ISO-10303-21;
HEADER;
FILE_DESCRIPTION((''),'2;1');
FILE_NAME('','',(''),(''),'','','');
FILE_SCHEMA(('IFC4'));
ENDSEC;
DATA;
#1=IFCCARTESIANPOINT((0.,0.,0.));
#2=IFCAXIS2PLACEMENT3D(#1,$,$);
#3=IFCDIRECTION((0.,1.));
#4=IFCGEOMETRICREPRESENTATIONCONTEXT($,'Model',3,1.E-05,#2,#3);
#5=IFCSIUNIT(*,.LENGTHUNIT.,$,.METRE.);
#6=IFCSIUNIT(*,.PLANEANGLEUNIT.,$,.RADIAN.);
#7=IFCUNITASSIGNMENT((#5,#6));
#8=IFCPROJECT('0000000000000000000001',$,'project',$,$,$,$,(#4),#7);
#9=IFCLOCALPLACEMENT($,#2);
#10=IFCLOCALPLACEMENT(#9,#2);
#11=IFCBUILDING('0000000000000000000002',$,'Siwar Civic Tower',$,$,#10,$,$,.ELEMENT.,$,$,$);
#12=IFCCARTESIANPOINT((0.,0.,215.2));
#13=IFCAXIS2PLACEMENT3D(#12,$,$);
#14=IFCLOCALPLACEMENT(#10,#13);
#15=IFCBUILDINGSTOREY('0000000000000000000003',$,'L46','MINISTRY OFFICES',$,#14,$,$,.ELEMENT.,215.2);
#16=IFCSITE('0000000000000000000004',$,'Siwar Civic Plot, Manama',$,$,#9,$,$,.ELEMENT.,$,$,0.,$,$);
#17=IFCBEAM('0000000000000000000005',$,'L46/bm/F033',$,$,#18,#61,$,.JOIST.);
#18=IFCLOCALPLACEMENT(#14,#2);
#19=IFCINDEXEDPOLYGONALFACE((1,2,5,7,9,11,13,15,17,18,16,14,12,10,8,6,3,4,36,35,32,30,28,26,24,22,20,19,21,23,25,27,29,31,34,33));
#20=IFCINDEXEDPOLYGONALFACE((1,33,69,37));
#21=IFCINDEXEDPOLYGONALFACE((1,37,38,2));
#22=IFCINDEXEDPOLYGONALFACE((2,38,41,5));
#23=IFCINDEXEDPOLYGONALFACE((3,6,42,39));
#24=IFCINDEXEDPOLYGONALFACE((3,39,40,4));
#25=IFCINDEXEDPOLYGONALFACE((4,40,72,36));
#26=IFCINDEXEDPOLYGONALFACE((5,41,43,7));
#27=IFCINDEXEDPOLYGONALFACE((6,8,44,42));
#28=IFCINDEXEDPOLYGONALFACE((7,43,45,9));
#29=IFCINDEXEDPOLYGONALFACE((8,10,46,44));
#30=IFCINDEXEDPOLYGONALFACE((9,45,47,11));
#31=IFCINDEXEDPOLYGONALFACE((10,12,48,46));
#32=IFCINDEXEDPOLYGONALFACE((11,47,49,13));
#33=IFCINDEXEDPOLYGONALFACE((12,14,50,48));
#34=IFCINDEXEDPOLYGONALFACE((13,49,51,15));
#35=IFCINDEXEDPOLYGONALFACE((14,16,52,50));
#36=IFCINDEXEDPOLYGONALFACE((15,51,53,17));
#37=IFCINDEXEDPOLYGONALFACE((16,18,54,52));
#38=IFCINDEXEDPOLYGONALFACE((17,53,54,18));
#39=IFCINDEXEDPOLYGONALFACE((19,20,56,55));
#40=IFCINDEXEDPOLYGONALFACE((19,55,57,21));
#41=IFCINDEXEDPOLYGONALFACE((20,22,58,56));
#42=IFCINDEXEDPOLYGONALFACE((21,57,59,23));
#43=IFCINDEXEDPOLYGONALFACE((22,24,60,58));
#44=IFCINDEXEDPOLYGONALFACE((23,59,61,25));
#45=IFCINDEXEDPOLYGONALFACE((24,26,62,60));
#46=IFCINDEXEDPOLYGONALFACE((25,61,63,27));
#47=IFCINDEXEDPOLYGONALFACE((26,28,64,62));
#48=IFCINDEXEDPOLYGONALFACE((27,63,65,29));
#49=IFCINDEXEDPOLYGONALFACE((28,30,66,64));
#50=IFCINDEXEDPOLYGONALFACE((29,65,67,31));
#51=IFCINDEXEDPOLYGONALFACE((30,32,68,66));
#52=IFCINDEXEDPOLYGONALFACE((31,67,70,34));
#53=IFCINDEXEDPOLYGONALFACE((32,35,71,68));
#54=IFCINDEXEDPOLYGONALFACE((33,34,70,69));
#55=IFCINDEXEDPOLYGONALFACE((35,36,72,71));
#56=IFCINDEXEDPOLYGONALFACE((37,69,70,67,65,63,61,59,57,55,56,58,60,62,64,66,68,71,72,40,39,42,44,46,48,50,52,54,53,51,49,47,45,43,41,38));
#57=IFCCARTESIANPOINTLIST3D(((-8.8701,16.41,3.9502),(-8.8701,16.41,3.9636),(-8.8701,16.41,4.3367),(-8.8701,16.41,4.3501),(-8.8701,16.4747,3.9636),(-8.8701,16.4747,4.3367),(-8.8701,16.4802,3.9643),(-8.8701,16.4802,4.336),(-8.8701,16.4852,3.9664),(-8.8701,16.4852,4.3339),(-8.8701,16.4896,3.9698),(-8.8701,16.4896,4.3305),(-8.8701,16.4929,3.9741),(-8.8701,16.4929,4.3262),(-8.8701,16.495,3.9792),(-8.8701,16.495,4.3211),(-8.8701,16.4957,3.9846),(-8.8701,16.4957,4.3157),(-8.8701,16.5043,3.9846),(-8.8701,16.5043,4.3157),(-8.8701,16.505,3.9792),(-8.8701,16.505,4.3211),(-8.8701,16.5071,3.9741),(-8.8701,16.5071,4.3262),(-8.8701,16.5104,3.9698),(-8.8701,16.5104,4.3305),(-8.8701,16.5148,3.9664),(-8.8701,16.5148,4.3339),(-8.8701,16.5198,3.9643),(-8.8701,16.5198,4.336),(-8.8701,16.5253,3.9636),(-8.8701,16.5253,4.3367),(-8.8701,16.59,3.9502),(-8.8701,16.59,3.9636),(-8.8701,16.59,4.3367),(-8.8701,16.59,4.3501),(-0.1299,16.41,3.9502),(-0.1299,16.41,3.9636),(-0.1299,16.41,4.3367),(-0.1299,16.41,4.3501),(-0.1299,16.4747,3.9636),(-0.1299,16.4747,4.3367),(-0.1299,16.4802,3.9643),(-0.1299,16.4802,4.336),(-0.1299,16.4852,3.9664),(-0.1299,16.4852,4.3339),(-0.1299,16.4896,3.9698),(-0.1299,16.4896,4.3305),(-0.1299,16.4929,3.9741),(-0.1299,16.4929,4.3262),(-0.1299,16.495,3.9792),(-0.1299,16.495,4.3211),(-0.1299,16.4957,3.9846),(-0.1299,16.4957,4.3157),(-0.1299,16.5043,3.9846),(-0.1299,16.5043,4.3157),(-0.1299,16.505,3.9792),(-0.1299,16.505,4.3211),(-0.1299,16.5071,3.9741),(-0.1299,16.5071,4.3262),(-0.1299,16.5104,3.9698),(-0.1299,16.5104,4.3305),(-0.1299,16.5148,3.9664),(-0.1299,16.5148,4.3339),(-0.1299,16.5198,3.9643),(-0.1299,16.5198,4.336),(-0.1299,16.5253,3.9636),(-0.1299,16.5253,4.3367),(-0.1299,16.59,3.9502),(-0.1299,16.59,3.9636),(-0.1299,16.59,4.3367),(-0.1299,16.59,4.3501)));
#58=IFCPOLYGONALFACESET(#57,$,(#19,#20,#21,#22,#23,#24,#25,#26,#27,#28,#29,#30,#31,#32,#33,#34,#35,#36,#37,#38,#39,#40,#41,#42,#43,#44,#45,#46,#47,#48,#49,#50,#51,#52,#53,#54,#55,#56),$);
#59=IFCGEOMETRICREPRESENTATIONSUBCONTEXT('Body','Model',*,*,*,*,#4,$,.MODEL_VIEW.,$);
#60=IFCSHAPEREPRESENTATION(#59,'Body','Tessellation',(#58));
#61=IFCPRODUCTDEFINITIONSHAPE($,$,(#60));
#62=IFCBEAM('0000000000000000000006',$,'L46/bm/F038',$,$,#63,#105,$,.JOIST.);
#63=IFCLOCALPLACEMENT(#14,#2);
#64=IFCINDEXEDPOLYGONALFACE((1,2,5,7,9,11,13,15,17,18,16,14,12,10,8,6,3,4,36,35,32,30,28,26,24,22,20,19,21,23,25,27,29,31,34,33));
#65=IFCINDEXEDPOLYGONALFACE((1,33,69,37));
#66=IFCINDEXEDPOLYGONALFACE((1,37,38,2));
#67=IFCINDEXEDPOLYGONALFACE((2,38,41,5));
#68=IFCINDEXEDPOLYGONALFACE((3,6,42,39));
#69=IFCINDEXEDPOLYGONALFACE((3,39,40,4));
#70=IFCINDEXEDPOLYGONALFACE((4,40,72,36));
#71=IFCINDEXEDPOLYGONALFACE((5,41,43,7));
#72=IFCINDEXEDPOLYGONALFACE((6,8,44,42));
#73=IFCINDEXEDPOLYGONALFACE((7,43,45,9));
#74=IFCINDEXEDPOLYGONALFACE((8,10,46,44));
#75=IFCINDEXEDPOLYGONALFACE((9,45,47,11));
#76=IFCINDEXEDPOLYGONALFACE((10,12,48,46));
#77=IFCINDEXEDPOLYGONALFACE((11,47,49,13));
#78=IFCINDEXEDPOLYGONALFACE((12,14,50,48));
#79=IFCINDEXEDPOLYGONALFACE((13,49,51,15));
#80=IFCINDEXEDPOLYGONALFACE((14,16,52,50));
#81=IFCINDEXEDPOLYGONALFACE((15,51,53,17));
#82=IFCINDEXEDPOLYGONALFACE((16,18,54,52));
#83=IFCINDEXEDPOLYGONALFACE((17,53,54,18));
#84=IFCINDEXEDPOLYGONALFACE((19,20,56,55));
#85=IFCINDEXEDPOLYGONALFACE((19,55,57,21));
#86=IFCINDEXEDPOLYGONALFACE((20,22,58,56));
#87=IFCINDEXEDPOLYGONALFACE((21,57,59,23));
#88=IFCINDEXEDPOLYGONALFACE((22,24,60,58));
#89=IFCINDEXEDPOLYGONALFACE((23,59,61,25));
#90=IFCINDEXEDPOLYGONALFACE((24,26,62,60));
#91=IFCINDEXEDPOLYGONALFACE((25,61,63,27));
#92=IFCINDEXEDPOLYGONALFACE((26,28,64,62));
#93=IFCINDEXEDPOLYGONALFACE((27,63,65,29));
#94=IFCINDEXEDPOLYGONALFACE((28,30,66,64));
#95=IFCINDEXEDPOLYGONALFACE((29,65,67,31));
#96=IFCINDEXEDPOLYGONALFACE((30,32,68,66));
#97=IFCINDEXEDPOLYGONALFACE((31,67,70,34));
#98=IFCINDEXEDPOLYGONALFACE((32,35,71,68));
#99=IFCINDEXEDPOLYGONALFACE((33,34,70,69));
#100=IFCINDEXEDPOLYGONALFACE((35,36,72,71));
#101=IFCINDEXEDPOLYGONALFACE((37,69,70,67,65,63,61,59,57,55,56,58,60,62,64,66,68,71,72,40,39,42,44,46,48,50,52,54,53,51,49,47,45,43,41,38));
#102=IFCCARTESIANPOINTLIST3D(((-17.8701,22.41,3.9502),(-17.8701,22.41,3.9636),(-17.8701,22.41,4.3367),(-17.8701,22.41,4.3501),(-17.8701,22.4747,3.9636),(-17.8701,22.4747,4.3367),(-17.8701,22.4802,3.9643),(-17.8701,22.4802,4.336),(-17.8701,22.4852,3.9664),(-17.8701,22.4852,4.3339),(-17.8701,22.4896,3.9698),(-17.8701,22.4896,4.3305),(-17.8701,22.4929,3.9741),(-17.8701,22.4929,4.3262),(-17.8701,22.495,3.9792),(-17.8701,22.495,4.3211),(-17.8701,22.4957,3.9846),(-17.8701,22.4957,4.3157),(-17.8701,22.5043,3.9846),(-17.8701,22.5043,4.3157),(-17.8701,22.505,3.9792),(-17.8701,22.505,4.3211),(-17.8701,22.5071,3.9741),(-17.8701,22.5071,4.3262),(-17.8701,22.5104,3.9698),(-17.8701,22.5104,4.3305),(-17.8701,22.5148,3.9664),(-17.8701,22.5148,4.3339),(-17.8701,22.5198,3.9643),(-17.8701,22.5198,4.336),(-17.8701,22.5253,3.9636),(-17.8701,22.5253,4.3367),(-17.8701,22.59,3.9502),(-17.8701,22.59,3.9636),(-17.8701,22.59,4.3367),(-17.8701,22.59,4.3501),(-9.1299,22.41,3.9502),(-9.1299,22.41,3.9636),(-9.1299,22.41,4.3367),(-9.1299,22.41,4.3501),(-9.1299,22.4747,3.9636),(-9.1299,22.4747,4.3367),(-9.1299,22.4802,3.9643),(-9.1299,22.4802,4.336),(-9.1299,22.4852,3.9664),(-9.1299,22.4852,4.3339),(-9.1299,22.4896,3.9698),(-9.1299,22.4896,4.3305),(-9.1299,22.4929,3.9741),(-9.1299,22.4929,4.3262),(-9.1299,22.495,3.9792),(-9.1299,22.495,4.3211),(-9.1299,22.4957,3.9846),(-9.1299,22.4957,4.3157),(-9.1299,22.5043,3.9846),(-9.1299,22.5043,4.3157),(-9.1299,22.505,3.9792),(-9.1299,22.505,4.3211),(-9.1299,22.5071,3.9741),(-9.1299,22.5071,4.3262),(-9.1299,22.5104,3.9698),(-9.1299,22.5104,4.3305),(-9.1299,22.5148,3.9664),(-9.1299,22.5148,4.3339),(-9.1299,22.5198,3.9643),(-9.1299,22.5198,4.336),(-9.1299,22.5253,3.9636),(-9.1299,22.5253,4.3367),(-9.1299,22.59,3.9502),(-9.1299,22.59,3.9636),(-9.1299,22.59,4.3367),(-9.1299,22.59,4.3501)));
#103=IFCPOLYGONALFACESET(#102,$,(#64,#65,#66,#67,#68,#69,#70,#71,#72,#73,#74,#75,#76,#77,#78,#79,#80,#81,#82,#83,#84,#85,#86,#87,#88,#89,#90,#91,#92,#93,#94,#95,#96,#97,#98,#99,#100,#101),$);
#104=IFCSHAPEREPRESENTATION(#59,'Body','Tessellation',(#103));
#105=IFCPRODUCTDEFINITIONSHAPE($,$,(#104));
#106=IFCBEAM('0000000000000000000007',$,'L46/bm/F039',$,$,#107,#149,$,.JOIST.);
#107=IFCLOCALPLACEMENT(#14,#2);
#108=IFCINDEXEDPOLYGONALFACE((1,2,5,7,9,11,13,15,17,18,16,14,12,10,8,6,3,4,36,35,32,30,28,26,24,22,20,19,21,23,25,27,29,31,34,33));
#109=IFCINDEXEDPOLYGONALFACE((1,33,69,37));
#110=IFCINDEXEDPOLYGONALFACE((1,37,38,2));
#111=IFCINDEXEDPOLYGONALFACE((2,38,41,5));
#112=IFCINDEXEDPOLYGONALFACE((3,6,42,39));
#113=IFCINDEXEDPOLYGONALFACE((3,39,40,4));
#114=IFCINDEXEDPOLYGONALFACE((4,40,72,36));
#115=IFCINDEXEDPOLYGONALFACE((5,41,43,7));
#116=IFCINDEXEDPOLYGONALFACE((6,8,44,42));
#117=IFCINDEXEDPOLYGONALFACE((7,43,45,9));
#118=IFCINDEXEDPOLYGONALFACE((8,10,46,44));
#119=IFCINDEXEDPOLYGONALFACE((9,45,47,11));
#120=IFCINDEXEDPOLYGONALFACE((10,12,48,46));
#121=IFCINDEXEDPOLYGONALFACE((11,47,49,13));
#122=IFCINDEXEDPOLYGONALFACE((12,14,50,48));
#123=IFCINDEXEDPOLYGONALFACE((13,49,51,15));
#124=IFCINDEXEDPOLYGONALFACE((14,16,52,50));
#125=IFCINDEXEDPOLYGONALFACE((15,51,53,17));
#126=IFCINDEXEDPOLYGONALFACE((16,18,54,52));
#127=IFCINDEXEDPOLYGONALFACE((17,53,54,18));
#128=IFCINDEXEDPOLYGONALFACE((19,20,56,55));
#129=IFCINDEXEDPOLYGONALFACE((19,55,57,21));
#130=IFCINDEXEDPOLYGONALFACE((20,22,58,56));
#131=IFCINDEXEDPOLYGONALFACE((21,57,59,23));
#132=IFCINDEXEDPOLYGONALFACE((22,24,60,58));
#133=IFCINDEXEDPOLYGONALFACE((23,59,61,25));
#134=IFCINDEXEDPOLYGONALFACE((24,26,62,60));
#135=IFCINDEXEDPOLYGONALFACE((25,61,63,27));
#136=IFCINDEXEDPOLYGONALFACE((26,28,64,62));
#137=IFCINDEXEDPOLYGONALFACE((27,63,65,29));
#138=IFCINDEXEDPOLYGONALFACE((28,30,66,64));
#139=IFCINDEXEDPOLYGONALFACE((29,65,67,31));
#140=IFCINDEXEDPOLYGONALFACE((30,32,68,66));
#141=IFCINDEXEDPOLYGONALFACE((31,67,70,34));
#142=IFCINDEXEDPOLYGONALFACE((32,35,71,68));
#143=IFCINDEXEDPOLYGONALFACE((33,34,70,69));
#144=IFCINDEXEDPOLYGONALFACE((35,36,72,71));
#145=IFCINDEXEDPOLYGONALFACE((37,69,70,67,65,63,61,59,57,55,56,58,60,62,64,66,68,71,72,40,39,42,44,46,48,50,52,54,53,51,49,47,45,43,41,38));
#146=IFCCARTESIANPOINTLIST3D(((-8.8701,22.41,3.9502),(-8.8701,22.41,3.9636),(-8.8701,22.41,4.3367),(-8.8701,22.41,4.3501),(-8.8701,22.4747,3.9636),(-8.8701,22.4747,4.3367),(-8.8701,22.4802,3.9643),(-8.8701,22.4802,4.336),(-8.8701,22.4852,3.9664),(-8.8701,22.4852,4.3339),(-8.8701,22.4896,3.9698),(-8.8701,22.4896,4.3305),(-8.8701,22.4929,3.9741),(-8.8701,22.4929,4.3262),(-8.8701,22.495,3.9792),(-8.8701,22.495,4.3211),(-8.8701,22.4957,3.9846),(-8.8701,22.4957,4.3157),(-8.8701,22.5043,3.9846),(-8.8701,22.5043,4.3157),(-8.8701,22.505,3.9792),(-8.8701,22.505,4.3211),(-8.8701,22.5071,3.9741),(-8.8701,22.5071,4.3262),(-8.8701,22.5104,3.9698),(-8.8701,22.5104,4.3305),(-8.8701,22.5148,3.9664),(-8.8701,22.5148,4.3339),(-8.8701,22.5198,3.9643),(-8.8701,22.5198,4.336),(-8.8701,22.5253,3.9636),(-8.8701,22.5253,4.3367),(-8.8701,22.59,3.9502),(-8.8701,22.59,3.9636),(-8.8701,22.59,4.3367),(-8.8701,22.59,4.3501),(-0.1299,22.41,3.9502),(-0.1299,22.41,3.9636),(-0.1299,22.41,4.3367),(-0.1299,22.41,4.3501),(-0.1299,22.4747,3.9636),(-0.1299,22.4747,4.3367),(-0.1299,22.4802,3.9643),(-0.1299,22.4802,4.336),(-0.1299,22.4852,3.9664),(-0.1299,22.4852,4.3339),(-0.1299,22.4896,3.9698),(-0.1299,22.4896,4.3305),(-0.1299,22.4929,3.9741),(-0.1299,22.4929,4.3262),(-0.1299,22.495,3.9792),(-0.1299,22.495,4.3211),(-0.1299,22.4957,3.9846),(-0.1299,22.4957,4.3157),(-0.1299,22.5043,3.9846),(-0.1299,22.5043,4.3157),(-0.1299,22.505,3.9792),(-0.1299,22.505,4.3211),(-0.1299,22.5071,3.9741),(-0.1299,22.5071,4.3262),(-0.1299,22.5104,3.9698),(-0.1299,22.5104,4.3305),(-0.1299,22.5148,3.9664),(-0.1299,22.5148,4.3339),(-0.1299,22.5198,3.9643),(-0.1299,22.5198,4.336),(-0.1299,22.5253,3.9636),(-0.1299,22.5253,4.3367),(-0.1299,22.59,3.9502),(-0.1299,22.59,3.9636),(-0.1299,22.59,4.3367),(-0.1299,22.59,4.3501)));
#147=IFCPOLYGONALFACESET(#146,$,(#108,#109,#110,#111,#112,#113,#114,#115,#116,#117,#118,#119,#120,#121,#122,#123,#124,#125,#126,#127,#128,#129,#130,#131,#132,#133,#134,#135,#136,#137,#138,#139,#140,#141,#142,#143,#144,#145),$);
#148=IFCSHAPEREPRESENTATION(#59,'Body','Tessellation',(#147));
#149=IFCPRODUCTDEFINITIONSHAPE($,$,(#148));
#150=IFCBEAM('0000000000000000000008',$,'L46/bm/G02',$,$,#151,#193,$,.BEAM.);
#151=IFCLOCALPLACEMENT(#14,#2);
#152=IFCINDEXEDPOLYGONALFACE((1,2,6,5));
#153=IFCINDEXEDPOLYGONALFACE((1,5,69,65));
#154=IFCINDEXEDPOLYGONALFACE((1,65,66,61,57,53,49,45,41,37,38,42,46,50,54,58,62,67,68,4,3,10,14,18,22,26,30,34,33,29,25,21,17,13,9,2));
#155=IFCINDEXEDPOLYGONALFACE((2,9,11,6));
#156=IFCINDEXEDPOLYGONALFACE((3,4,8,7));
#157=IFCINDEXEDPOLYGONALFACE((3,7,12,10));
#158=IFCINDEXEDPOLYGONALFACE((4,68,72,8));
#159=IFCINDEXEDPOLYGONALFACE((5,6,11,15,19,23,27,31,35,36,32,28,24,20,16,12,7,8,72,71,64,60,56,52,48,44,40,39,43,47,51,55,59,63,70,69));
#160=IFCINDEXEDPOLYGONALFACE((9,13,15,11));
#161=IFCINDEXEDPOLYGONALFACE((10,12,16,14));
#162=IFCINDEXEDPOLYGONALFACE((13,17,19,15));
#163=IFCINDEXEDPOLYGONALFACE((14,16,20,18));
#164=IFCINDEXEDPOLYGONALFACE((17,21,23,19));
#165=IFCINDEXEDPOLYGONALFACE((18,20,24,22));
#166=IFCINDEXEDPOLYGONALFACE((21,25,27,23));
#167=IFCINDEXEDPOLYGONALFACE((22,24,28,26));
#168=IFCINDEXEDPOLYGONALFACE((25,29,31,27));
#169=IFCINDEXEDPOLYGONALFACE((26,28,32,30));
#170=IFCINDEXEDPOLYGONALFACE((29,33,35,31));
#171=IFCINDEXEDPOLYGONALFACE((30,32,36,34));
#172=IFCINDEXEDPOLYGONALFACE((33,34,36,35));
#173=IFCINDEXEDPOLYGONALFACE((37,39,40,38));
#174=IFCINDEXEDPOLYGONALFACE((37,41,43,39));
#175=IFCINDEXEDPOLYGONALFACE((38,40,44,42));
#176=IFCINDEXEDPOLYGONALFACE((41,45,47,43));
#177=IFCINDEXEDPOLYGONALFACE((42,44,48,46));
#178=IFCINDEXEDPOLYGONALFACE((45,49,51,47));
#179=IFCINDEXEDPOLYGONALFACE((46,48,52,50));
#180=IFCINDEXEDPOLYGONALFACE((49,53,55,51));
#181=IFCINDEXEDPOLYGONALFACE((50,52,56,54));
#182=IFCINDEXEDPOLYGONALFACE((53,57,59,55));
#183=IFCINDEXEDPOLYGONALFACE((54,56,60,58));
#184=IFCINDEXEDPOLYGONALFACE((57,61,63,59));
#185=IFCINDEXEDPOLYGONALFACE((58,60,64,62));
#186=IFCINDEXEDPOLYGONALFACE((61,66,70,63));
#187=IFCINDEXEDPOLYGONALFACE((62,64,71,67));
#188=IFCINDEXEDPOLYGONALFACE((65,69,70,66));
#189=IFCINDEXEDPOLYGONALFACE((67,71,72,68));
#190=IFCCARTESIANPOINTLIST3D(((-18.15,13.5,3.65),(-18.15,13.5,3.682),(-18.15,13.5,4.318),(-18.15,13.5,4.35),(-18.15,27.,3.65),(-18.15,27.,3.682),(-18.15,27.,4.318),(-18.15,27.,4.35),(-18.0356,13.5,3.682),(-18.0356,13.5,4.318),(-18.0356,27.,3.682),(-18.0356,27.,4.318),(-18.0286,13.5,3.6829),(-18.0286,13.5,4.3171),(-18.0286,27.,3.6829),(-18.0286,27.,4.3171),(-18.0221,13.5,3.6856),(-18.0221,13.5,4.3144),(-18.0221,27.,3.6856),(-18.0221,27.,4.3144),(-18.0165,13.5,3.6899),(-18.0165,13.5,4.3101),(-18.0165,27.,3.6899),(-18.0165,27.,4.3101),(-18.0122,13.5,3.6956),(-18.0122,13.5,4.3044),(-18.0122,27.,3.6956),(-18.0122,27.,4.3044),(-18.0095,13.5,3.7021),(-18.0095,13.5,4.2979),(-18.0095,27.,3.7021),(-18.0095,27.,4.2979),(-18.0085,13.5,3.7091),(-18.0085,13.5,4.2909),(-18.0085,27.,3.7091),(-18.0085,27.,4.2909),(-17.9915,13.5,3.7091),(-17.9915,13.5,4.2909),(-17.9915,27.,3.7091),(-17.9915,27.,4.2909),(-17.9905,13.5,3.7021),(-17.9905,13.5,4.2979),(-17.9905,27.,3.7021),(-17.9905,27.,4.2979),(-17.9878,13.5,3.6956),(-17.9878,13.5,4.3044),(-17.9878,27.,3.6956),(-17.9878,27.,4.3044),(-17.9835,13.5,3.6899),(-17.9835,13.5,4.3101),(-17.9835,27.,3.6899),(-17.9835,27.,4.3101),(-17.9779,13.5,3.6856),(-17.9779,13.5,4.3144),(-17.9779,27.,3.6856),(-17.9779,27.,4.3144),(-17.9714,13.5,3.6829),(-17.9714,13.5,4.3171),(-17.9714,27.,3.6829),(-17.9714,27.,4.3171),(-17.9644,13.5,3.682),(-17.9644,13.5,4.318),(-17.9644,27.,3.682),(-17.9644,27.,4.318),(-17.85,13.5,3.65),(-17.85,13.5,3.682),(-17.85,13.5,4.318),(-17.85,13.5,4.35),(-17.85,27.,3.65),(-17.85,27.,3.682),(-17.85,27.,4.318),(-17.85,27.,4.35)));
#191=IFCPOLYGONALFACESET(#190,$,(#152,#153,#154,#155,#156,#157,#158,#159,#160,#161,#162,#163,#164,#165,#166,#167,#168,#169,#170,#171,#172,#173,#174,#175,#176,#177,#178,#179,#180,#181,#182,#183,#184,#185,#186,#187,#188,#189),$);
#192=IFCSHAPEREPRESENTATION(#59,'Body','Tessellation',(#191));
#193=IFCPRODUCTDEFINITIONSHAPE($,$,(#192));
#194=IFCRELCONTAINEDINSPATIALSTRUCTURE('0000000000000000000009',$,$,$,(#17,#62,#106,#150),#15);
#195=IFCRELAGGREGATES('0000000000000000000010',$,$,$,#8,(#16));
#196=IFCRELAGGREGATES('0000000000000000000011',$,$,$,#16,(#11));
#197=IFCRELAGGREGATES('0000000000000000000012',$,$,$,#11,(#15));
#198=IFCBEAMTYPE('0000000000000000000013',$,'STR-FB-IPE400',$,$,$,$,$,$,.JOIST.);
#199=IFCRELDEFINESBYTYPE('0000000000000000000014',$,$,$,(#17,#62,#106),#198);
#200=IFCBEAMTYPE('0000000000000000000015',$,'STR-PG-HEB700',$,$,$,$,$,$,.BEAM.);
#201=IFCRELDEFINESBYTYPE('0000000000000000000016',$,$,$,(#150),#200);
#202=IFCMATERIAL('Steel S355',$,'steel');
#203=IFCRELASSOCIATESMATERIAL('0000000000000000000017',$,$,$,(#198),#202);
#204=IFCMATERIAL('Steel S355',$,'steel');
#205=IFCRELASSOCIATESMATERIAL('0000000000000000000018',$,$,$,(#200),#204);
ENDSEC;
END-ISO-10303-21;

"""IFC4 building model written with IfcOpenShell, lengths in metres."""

from ifc_helpers import new_model, si_unit, direction, frame, origin, origin_2d, place, context, subcontext, project, spatial, i_section, extrude, material, material_profile, profile_set, type_object, element, save


model = new_model("IFC4")

# Units and contexts
model_context = context("Model", 3, precision=1e-05, world=origin(), true_north=direction((0.0, 1.0)))
body_context = subcontext(model_context, "Body", "Model", "MODEL_VIEW")
ifc_project = project(units=[si_unit("LENGTHUNIT", "METRE"), si_unit("PLANEANGLEUNIT", "RADIAN")], contexts=[model_context])

# Site, building, storey
site_placement = place(None, origin())
site = spatial("IfcSite", under=ifc_project, at=site_placement, Name="Siwar Civic Plot, Manama", CompositionType="ELEMENT", RefElevation=0.0)
building_placement = place(site_placement, origin())
building = spatial("IfcBuilding", under=site, at=building_placement, Name="Siwar Civic Tower", CompositionType="ELEMENT")
storey_placement = place(building_placement, frame((0.0, 0.0, 215.2)))
storey = spatial("IfcBuildingStorey", under=building, at=storey_placement, Name="L46", Description="MINISTRY OFFICES", CompositionType="ELEMENT", Elevation=215.2)

# Beams
ifc_material_1 = material(Name="Steel S355", Category="steel")
ifc_material_profile_1 = material_profile(ifc_material_1, i_section(OverallWidth=0.1799, OverallDepth=0.3999, WebThickness=0.0085, FlangeThickness=0.0134, FilletRadius=0.021, at=origin_2d()), Name="IPE400")
ifc_profile_set_1 = profile_set([ifc_material_profile_1], Name="Steel S355")
beam_type_1 = type_object("IfcBeamType", Name="STR-FB-IPE400", PredefinedType="JOIST", material=ifc_profile_set_1)
for number, where, z_axis, x_axis, name in (
    (1, (-8.8701, 16.5, 4.1501), (1.0, 0.0, 0.0), (0.0, 1.0, 0.0), "L46/bm/F033"),
    (2, (-17.8701, 22.5, 4.1501), (1.0, 0.0, 0.0), (0.0, 1.0, 0.0), "L46/bm/F038"),
    (3, (-8.8701, 22.5, 4.1501), (1.0, 0.0, 0.0), (0.0, 1.0, 0.0), "L46/bm/F039"),
):
    element("IfcBeam", number, at=place(storey_placement, frame(where, z_axis=z_axis, x_axis=x_axis)), inside=storey, type_object=beam_type_1, Name=name, PredefinedType="JOIST", context=body_context, shape_type="SweptSolid", body=[
        extrude(i_section(OverallWidth=0.1799, OverallDepth=0.3999, WebThickness=0.0085, FlangeThickness=0.0134, FilletRadius=0.021, at=origin_2d()), origin(), (0.0, 0.0, 1.0), 8.7402),
    ])
ifc_material_2 = material(Name="Steel S355", Category="steel")
ifc_material_profile_2 = material_profile(ifc_material_2, i_section(OverallWidth=0.3, OverallDepth=0.7, WebThickness=0.0171, FlangeThickness=0.032, FilletRadius=0.0271, at=origin_2d()), Name="HEB700")
ifc_profile_set_2 = profile_set([ifc_material_profile_2], Name="Steel S355")
beam_type_2 = type_object("IfcBeamType", Name="STR-PG-HEB700", PredefinedType="BEAM", material=ifc_profile_set_2)
for number, where, z_axis, x_axis, name in (
    (4, (-18.0, 13.5, 4.0), (0.0, 1.0, 0.0), (-1.0, 0.0, 0.0), "L46/bm/G02"),
):
    element("IfcBeam", number, at=place(storey_placement, frame(where, z_axis=z_axis, x_axis=x_axis)), inside=storey, type_object=beam_type_2, Name=name, PredefinedType="BEAM", context=body_context, shape_type="SweptSolid", body=[
        extrude(i_section(OverallWidth=0.3, OverallDepth=0.7, WebThickness=0.0171, FlangeThickness=0.032, FilletRadius=0.0271, at=origin_2d()), origin(), (0.0, 0.0, 1.0), 13.5),
    ])

save(model, "model.ifc")
